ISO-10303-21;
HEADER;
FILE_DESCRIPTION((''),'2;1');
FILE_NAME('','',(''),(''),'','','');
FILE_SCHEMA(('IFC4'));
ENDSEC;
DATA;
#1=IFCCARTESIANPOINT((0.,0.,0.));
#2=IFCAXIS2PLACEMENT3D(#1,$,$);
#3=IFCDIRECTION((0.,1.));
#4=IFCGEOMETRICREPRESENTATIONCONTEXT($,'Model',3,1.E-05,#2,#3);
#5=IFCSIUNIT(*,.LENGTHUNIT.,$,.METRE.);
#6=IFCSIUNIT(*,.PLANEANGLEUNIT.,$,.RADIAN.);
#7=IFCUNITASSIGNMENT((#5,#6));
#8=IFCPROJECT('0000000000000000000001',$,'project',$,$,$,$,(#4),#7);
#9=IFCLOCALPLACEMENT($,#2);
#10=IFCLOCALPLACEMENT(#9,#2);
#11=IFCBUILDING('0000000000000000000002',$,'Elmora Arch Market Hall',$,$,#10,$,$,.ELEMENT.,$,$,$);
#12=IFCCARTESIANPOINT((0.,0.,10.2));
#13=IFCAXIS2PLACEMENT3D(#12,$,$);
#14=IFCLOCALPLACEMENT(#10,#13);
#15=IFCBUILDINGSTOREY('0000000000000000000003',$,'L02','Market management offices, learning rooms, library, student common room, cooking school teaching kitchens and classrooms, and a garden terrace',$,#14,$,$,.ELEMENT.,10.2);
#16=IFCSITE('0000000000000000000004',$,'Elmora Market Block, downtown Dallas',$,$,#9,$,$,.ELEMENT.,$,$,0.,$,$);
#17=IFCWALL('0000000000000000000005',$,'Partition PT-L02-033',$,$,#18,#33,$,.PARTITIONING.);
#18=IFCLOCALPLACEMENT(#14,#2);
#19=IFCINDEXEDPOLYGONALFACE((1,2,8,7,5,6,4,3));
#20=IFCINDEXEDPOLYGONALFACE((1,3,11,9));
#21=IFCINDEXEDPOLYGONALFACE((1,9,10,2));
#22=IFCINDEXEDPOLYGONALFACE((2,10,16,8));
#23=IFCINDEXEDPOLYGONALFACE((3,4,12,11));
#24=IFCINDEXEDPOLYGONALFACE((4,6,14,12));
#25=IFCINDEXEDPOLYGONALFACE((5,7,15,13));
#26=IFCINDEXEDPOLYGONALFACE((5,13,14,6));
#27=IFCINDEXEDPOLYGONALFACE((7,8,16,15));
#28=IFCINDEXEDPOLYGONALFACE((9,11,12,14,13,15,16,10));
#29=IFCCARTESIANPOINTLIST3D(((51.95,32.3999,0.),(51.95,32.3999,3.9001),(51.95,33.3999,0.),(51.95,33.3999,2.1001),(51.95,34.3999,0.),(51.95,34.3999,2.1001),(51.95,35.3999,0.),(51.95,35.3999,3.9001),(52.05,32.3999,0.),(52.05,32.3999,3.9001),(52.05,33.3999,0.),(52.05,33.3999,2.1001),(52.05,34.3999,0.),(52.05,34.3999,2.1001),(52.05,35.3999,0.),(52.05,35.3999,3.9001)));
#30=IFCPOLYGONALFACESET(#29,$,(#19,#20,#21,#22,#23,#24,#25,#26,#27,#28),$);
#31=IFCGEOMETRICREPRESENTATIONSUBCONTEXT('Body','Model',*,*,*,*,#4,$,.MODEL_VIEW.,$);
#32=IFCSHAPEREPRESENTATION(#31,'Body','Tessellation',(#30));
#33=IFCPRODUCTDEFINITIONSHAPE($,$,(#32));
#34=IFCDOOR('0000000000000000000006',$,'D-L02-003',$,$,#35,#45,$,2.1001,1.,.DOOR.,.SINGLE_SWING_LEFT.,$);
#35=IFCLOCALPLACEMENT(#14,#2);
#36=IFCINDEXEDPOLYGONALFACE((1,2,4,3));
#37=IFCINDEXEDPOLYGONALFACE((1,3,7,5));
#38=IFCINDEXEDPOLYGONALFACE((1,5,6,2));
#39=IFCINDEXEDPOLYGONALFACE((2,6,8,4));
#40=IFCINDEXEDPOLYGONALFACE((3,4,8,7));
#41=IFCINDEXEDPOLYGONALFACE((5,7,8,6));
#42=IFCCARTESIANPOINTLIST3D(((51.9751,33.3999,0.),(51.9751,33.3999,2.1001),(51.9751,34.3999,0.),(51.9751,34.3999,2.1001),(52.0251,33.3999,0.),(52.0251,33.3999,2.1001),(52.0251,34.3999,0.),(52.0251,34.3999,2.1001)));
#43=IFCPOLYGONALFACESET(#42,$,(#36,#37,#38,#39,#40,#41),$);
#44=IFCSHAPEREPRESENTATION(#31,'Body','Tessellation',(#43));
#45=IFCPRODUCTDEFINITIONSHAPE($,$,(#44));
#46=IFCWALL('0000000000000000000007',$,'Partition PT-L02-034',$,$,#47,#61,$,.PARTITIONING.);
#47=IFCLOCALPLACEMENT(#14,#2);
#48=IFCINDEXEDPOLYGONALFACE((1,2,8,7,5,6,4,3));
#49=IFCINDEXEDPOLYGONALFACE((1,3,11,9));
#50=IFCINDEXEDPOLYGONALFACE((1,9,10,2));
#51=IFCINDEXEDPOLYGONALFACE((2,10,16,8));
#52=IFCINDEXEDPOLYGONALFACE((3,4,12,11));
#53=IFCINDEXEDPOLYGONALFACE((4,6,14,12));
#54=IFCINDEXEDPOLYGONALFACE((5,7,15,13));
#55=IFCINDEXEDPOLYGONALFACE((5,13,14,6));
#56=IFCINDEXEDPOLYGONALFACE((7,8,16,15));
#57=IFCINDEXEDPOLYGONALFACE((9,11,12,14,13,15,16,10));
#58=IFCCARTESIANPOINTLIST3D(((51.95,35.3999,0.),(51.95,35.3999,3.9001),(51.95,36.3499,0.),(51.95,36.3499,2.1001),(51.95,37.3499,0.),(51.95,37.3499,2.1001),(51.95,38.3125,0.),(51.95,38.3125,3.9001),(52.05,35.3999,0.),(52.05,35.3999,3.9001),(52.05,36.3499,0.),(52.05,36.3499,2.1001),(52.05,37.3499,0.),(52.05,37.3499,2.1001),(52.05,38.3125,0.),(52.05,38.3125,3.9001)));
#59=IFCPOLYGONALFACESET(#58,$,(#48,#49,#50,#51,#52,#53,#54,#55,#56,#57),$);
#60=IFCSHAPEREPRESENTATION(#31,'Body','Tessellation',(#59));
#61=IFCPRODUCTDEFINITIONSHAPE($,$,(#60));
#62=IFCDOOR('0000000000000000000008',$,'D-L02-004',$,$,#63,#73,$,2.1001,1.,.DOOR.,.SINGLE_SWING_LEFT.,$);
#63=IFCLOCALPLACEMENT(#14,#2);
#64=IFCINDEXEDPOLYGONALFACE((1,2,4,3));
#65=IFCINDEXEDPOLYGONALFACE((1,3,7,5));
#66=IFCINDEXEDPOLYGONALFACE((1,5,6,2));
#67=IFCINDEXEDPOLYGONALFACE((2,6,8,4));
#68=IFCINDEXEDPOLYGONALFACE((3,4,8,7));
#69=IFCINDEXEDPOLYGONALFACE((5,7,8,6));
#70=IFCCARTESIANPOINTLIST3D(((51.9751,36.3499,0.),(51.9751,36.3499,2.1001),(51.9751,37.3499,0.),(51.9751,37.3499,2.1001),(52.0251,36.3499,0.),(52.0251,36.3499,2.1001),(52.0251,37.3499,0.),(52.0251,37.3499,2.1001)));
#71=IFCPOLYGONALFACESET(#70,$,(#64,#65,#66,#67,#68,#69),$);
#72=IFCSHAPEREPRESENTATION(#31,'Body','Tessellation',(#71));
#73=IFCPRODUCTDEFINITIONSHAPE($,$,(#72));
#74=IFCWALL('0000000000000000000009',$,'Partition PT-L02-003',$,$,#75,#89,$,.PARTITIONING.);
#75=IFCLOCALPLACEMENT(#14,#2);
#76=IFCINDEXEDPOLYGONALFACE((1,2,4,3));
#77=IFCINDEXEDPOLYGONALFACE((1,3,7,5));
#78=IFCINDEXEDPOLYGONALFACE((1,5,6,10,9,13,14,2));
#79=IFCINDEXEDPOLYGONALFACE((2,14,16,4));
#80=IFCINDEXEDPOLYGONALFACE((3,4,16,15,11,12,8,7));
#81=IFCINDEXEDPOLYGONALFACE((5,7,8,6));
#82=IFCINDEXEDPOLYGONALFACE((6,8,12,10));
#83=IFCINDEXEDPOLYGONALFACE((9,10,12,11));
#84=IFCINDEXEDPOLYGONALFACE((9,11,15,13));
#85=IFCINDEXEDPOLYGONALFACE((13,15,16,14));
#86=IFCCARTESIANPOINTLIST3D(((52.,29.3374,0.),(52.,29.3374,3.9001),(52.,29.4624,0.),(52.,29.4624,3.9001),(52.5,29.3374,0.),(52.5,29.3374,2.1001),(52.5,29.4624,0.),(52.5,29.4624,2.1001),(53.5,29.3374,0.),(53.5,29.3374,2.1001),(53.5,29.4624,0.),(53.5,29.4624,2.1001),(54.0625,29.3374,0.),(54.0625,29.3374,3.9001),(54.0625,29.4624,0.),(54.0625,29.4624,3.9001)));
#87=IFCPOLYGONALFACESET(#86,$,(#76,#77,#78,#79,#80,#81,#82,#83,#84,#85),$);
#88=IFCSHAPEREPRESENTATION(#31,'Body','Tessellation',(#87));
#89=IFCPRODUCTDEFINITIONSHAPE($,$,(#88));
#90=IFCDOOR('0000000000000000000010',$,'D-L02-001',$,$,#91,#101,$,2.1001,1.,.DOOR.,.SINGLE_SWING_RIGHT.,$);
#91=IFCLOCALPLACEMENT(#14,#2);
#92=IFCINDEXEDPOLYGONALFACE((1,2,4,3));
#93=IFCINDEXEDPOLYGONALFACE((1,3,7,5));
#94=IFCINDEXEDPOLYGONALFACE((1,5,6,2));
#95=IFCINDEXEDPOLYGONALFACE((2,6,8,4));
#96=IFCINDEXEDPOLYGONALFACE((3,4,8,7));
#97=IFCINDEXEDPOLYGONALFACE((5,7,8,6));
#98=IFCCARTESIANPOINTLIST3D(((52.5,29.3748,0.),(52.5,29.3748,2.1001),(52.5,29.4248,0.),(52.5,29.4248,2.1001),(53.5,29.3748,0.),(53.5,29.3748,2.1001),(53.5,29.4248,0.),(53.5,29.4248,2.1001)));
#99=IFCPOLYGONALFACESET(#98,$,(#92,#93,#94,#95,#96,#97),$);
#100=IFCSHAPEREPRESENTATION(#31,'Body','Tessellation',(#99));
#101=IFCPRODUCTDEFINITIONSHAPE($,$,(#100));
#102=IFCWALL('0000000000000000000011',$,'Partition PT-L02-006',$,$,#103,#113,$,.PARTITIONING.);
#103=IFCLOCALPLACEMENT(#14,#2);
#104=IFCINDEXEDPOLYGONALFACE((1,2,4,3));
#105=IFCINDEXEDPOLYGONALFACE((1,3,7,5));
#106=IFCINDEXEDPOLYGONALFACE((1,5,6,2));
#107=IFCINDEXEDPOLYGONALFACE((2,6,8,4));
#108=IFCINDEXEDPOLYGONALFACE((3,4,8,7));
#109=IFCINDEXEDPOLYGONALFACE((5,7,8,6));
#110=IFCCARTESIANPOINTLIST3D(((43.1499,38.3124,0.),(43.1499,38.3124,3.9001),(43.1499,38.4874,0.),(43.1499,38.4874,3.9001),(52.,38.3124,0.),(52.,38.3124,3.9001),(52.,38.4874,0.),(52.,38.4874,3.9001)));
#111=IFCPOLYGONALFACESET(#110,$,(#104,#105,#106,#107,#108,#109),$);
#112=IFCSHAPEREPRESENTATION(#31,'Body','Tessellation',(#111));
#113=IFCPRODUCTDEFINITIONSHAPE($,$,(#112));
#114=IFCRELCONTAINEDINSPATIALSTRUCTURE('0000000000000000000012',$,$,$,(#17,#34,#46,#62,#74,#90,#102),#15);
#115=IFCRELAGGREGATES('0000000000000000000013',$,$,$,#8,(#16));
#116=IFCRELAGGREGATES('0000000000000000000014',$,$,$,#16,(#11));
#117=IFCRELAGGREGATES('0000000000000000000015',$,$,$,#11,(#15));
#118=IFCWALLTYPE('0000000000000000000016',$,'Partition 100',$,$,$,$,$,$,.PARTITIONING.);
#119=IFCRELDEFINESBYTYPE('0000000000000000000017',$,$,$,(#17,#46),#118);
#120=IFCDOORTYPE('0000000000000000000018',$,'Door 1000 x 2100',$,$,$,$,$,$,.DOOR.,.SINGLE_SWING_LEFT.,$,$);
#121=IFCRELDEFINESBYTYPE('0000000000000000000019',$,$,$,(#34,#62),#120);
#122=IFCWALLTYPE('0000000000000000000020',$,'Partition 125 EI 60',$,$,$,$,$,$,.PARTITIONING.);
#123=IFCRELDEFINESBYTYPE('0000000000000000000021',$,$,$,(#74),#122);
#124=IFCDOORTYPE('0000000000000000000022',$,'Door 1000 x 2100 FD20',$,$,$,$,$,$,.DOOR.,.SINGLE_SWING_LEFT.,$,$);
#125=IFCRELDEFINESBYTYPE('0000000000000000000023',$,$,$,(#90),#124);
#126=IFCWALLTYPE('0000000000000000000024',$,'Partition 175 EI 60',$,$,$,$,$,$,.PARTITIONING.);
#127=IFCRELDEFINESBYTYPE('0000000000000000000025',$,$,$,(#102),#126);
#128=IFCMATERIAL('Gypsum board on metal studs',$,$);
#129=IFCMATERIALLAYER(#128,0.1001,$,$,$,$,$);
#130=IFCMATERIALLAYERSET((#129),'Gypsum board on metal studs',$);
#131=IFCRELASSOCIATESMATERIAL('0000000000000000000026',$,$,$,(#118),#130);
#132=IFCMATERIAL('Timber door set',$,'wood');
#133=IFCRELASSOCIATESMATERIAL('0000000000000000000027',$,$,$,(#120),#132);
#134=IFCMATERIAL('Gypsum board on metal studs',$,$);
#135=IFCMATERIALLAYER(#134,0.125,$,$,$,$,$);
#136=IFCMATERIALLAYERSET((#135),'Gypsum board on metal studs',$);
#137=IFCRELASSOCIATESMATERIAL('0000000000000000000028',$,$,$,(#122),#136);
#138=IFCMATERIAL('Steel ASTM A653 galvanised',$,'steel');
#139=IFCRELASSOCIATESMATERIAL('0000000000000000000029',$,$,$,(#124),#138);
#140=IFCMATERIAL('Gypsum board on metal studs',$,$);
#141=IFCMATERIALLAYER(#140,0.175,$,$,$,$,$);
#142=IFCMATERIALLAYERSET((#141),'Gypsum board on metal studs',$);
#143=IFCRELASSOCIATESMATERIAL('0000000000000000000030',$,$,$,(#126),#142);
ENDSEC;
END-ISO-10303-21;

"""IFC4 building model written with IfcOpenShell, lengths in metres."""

from ifc_helpers import new_model, si_unit, direction, frame, frame_2d, origin, place, context, subcontext, project, spatial, rectangle, extrude, material, layer, layer_set, type_object, element, fill, save


model = new_model("IFC4")

# Units and contexts
model_context = context("Model", 3, precision=1e-05, world=origin(), true_north=direction((0.0, 1.0)))
body_context = subcontext(model_context, "Body", "Model", "MODEL_VIEW")
ifc_project = project(units=[si_unit("LENGTHUNIT", "METRE"), si_unit("PLANEANGLEUNIT", "RADIAN")], contexts=[model_context])

# Site, building, storey
site_placement = place(None, origin())
site = spatial("IfcSite", under=ifc_project, at=site_placement, Name="Elmora Market Block, downtown Dallas", CompositionType="ELEMENT", RefElevation=0.0)
building_placement = place(site_placement, origin())
building = spatial("IfcBuilding", under=site, at=building_placement, Name="Elmora Arch Market Hall", CompositionType="ELEMENT")
storey_placement = place(building_placement, frame((0.0, 0.0, 10.2)))
storey = spatial("IfcBuildingStorey", under=building, at=storey_placement, Name="L02", Description="Market management offices, learning rooms, library, student common room, cooking school teaching kitchens and classrooms, and a garden terrace", CompositionType="ELEMENT", Elevation=10.2)

# Shared definitions
ifc_material_1 = material(Name="Gypsum board on metal studs")
ifc_layer_1 = layer(ifc_material_1, 0.1001)
ifc_layer_set_1 = layer_set([ifc_layer_1], Name="Gypsum board on metal studs")
wall_type_1 = type_object("IfcWallType", Name="Partition 100", PredefinedType="PARTITIONING", material=ifc_layer_set_1)

# Walls, openings, doors
ifc_material_2 = material(Name="Timber door set", Category="wood")
door_type_1 = type_object("IfcDoorType", Name="Door 1000 x 2100", OperationType="SINGLE_SWING_LEFT", PredefinedType="DOOR", material=ifc_material_2)
wall_1_placement = place(storey_placement, frame((52.0, 32.3999, 0.0), z_axis=(0.0, 0.0, 1.0), x_axis=(0.0, 1.0, 0.0)))
wall_1 = element("IfcWall", 1, at=wall_1_placement, inside=storey, type_object=wall_type_1, Name="Partition PT-L02-033", PredefinedType="PARTITIONING", context=body_context, shape_type="SweptSolid", body=[
    extrude(rectangle(XDim=3.0, YDim=0.1001, at=frame_2d((1.5, 0.0))), origin(), (0.0, 0.0, 1.0), 3.9001),
])
opening_1_placement = place(wall_1_placement, frame((1.0, 0.0, 0.0)))
opening_1 = element("IfcOpeningElement", 2, at=opening_1_placement, cuts=wall_1, PredefinedType="OPENING", context=body_context, shape_type="SweptSolid", body=[
    extrude(rectangle(XDim=1.0, YDim=2.1001, at=frame_2d((0.5, 1.05))), frame((0.0, 0.0601, 0.0), z_axis=(0.0, -1.0, 0.0), x_axis=(1.0, 0.0, 0.0)), (0.0, 0.0, 1.0), 0.1201),
])
door_1_placement = place(opening_1_placement, origin())
door_1 = element("IfcDoor", 3, at=door_1_placement, inside=storey, type_object=door_type_1, Name="D-L02-003", OperationType="SINGLE_SWING_LEFT", OverallHeight=2.1001, OverallWidth=1.0, PredefinedType="DOOR", context=body_context, shape_type="SweptSolid", body=[
    extrude(rectangle(XDim=1.0, YDim=2.1001, at=frame_2d((0.5, 1.05))), frame((0.0, 0.0249, 0.0), z_axis=(0.0, -1.0, 0.0), x_axis=(1.0, 0.0, 0.0)), (0.0, 0.0, 1.0), 0.05),
])
fill(opening_1, door_1)
wall_2_placement = place(storey_placement, frame((52.0, 35.3999, 0.0), z_axis=(0.0, 0.0, 1.0), x_axis=(0.0, 1.0, 0.0)))
wall_2 = element("IfcWall", 4, at=wall_2_placement, inside=storey, type_object=wall_type_1, Name="Partition PT-L02-034", PredefinedType="PARTITIONING", context=body_context, shape_type="SweptSolid", body=[
    extrude(rectangle(XDim=2.9126, YDim=0.1001, at=frame_2d((1.4563, 0.0))), origin(), (0.0, 0.0, 1.0), 3.9001),
])
opening_2_placement = place(wall_2_placement, frame((0.95, 0.0, 0.0)))
opening_2 = element("IfcOpeningElement", 5, at=opening_2_placement, cuts=wall_2, PredefinedType="OPENING", context=body_context, shape_type="SweptSolid", body=[
    extrude(rectangle(XDim=1.0, YDim=2.1001, at=frame_2d((0.5, 1.05))), frame((0.0, 0.0601, 0.0), z_axis=(0.0, -1.0, 0.0), x_axis=(1.0, 0.0, 0.0)), (0.0, 0.0, 1.0), 0.1201),
])
door_2_placement = place(opening_2_placement, origin())
door_2 = element("IfcDoor", 6, at=door_2_placement, inside=storey, type_object=door_type_1, Name="D-L02-004", OperationType="SINGLE_SWING_LEFT", OverallHeight=2.1001, OverallWidth=1.0, PredefinedType="DOOR", context=body_context, shape_type="SweptSolid", body=[
    extrude(rectangle(XDim=1.0, YDim=2.1001, at=frame_2d((0.5, 1.05))), frame((0.0, 0.0249, 0.0), z_axis=(0.0, -1.0, 0.0), x_axis=(1.0, 0.0, 0.0)), (0.0, 0.0, 1.0), 0.05),
])
fill(opening_2, door_2)
ifc_material_3 = material(Name="Gypsum board on metal studs")
ifc_layer_2 = layer(ifc_material_3, 0.125)
ifc_layer_set_2 = layer_set([ifc_layer_2], Name="Gypsum board on metal studs")
wall_type_2 = type_object("IfcWallType", Name="Partition 125 EI 60", PredefinedType="PARTITIONING", material=ifc_layer_set_2)
wall_3_placement = place(storey_placement, frame((52.0, 29.3999, 0.0), z_axis=(0.0, 0.0, 1.0), x_axis=(1.0, 0.0, 0.0)))
wall_3 = element("IfcWall", 7, at=wall_3_placement, inside=storey, type_object=wall_type_2, Name="Partition PT-L02-003", PredefinedType="PARTITIONING", context=body_context, shape_type="SweptSolid", body=[
    extrude(rectangle(XDim=2.0625, YDim=0.125, at=frame_2d((1.0312, 0.0))), origin(), (0.0, 0.0, 1.0), 3.9001),
])
opening_3_placement = place(wall_3_placement, frame((0.5, 0.0, 0.0)))
opening_3 = element("IfcOpeningElement", 8, at=opening_3_placement, cuts=wall_3, PredefinedType="OPENING", context=body_context, shape_type="SweptSolid", body=[
    extrude(rectangle(XDim=1.0, YDim=2.1001, at=frame_2d((0.5, 1.05))), frame((0.0, 0.0725, 0.0), z_axis=(0.0, -1.0, 0.0), x_axis=(1.0, 0.0, 0.0)), (0.0, 0.0, 1.0), 0.145),
])
ifc_material_4 = material(Name="Steel ASTM A653 galvanised", Category="steel")
door_type_2 = type_object("IfcDoorType", Name="Door 1000 x 2100 FD20", OperationType="SINGLE_SWING_LEFT", PredefinedType="DOOR", material=ifc_material_4)
door_3_placement = place(opening_3_placement, origin())
door_3 = element("IfcDoor", 9, at=door_3_placement, inside=storey, type_object=door_type_2, Name="D-L02-001", OperationType="SINGLE_SWING_RIGHT", OverallHeight=2.1001, OverallWidth=1.0, PredefinedType="DOOR", context=body_context, shape_type="SweptSolid", body=[
    extrude(rectangle(XDim=1.0, YDim=2.1001, at=frame_2d((0.5, 1.05))), frame((0.0, 0.0249, 0.0), z_axis=(0.0, -1.0, 0.0), x_axis=(1.0, 0.0, 0.0)), (0.0, 0.0, 1.0), 0.05),
])
fill(opening_3, door_3)

# Wall
ifc_material_5 = material(Name="Gypsum board on metal studs")
ifc_layer_3 = layer(ifc_material_5, 0.175)
ifc_layer_set_3 = layer_set([ifc_layer_3], Name="Gypsum board on metal studs")
wall_type_3 = type_object("IfcWallType", Name="Partition 175 EI 60", PredefinedType="PARTITIONING", material=ifc_layer_set_3)
wall_4_placement = place(storey_placement, frame((43.1499, 38.3999, 0.0), z_axis=(0.0, 0.0, 1.0), x_axis=(1.0, 0.0, 0.0)))
element("IfcWall", 10, at=wall_4_placement, inside=storey, type_object=wall_type_3, Name="Partition PT-L02-006", PredefinedType="PARTITIONING", context=body_context, shape_type="SweptSolid", body=[
    extrude(rectangle(XDim=8.8501, YDim=0.175, at=frame_2d((4.425, 0.0))), origin(), (0.0, 0.0, 1.0), 3.9001),
])

save(model, "model.ifc")
